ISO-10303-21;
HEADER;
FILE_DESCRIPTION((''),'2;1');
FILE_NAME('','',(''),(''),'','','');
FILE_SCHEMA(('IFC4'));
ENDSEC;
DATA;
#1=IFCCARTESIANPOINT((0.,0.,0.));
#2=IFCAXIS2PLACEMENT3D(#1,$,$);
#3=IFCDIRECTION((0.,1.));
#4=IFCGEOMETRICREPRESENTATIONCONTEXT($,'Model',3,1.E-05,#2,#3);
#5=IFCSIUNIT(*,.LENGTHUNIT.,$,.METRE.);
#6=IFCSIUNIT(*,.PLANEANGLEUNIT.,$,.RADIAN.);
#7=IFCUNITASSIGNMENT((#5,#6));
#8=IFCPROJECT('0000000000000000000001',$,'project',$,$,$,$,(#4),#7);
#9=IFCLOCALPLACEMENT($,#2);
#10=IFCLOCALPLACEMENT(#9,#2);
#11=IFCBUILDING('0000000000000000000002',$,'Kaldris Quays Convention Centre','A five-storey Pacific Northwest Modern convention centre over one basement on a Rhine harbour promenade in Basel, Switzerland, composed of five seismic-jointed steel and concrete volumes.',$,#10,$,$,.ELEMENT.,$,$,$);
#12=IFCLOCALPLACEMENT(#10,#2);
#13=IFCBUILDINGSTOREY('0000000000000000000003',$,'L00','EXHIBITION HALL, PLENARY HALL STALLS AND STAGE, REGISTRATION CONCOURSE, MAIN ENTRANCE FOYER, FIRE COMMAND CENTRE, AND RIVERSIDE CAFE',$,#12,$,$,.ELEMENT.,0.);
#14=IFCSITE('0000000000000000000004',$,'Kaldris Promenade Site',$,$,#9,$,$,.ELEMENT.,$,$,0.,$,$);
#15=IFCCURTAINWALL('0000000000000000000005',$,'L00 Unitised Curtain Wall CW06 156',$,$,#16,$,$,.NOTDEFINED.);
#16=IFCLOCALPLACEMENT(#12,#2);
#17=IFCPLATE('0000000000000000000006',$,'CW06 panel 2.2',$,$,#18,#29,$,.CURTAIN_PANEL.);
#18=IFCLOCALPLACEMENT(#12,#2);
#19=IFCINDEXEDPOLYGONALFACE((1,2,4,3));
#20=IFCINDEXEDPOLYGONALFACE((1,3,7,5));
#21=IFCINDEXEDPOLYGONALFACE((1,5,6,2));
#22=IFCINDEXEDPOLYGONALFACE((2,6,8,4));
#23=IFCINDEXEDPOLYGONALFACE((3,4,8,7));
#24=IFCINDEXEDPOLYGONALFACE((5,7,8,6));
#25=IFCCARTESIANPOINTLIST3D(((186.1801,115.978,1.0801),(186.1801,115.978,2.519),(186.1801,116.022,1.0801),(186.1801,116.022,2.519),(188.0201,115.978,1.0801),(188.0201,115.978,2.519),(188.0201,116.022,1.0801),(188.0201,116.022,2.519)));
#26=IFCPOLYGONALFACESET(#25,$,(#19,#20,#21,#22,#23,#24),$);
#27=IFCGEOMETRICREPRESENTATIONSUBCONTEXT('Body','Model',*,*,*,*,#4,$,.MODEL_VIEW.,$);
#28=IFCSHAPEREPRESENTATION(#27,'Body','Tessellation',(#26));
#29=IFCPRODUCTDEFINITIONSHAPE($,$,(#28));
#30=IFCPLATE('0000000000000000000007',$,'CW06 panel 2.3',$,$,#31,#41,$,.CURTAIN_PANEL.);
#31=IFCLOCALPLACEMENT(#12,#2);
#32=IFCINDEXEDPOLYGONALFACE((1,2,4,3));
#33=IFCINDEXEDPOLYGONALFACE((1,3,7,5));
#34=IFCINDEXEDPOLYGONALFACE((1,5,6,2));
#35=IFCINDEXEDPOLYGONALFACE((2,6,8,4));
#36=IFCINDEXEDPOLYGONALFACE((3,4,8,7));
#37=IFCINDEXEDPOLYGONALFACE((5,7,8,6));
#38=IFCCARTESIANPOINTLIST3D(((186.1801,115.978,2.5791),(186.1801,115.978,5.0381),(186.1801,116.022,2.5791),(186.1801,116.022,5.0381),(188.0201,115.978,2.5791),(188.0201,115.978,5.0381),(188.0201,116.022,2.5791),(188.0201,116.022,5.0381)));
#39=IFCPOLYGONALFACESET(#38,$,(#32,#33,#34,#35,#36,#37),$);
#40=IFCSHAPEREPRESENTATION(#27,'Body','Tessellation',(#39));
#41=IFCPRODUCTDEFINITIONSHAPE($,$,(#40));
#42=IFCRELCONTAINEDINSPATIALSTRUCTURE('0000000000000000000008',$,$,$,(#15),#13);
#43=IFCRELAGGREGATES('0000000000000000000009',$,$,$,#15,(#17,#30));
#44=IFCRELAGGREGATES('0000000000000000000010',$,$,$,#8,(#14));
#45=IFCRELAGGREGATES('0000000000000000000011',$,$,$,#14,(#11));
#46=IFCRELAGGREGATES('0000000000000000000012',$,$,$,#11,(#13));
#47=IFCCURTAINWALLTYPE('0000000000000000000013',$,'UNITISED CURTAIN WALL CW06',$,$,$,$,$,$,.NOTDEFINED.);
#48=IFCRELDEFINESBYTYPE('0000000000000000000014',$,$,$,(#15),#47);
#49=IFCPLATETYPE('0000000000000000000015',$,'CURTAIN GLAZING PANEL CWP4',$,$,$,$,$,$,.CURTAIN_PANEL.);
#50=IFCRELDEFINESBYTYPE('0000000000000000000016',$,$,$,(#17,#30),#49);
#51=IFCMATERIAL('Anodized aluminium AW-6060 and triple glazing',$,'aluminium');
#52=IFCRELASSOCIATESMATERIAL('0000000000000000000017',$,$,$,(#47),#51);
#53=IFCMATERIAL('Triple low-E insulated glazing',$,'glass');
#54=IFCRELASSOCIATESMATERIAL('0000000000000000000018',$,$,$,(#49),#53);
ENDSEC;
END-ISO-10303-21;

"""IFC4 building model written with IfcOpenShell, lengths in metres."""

from ifc_helpers import new_model, si_unit, direction, frame, origin, origin_2d, place, context, subcontext, project, spatial, rectangle, extrude, material, type_object, element, aggregate, save


model = new_model("IFC4")

# Units and contexts
model_context = context("Model", 3, precision=1e-05, world=origin(), true_north=direction((0.0, 1.0)))
body_context = subcontext(model_context, "Body", "Model", "MODEL_VIEW")
ifc_project = project(units=[si_unit("LENGTHUNIT", "METRE"), si_unit("PLANEANGLEUNIT", "RADIAN")], contexts=[model_context])

# Site, building, storey
site_placement = place(None, origin())
site = spatial("IfcSite", under=ifc_project, at=site_placement, Name="Kaldris Promenade Site", CompositionType="ELEMENT", RefElevation=0.0)
building_placement = place(site_placement, origin())
building = spatial("IfcBuilding", under=site, at=building_placement, Name="Kaldris Quays Convention Centre", Description="A five-storey Pacific Northwest Modern convention centre over one basement on a Rhine harbour promenade in Basel, Switzerland, composed of five seismic-jointed steel and concrete volumes.", CompositionType="ELEMENT")
storey_placement = place(building_placement, origin())
storey = spatial("IfcBuildingStorey", under=building, at=storey_placement, Name="L00", Description="EXHIBITION HALL, PLENARY HALL STALLS AND STAGE, REGISTRATION CONCOURSE, MAIN ENTRANCE FOYER, FIRE COMMAND CENTRE, AND RIVERSIDE CAFE", CompositionType="ELEMENT", Elevation=0.0)

# Curtain wall
ifc_material_1 = material(Name="Anodized aluminium AW-6060 and triple glazing", Category="aluminium")
curtain_wall_type = type_object("IfcCurtainWallType", Name="UNITISED CURTAIN WALL CW06", PredefinedType="NOTDEFINED", material=ifc_material_1)
curtain_wall_1_placement = place(storey_placement, origin())
curtain_wall_1 = element("IfcCurtainWall", 1, at=curtain_wall_1_placement, inside=storey, type_object=curtain_wall_type, Name="L00 Unitised Curtain Wall CW06 156", PredefinedType="NOTDEFINED")

# Plates
ifc_material_2 = material(Name="Triple low-E insulated glazing", Category="glass")
plate_type = type_object("IfcPlateType", Name="CURTAIN GLAZING PANEL CWP4", PredefinedType="CURTAIN_PANEL", material=ifc_material_2)
plate_1_placement = place(storey_placement, frame((187.1001, 116.0, 1.0801), z_axis=(0.0, 0.0, 1.0), x_axis=(1.0, 0.0, 0.0)))
plate_1 = element("IfcPlate", 2, at=plate_1_placement, type_object=plate_type, Name="CW06 panel 2.2", PredefinedType="CURTAIN_PANEL", context=body_context, shape_type="SweptSolid", body=[
    extrude(rectangle(XDim=1.8401, YDim=0.0439, at=origin_2d()), origin(), (0.0, 0.0, 1.0), 1.439),
])
plate_2_placement = place(storey_placement, frame((187.1001, 116.0, 2.5791), z_axis=(0.0, 0.0, 1.0), x_axis=(1.0, 0.0, 0.0)))
plate_2 = element("IfcPlate", 3, at=plate_2_placement, type_object=plate_type, Name="CW06 panel 2.3", PredefinedType="CURTAIN_PANEL", context=body_context, shape_type="SweptSolid", body=[
    extrude(rectangle(XDim=1.8401, YDim=0.0439, at=origin_2d()), origin(), (0.0, 0.0, 1.0), 2.459),
])
aggregate(curtain_wall_1, [plate_1, plate_2])

save(model, "model.ifc")
